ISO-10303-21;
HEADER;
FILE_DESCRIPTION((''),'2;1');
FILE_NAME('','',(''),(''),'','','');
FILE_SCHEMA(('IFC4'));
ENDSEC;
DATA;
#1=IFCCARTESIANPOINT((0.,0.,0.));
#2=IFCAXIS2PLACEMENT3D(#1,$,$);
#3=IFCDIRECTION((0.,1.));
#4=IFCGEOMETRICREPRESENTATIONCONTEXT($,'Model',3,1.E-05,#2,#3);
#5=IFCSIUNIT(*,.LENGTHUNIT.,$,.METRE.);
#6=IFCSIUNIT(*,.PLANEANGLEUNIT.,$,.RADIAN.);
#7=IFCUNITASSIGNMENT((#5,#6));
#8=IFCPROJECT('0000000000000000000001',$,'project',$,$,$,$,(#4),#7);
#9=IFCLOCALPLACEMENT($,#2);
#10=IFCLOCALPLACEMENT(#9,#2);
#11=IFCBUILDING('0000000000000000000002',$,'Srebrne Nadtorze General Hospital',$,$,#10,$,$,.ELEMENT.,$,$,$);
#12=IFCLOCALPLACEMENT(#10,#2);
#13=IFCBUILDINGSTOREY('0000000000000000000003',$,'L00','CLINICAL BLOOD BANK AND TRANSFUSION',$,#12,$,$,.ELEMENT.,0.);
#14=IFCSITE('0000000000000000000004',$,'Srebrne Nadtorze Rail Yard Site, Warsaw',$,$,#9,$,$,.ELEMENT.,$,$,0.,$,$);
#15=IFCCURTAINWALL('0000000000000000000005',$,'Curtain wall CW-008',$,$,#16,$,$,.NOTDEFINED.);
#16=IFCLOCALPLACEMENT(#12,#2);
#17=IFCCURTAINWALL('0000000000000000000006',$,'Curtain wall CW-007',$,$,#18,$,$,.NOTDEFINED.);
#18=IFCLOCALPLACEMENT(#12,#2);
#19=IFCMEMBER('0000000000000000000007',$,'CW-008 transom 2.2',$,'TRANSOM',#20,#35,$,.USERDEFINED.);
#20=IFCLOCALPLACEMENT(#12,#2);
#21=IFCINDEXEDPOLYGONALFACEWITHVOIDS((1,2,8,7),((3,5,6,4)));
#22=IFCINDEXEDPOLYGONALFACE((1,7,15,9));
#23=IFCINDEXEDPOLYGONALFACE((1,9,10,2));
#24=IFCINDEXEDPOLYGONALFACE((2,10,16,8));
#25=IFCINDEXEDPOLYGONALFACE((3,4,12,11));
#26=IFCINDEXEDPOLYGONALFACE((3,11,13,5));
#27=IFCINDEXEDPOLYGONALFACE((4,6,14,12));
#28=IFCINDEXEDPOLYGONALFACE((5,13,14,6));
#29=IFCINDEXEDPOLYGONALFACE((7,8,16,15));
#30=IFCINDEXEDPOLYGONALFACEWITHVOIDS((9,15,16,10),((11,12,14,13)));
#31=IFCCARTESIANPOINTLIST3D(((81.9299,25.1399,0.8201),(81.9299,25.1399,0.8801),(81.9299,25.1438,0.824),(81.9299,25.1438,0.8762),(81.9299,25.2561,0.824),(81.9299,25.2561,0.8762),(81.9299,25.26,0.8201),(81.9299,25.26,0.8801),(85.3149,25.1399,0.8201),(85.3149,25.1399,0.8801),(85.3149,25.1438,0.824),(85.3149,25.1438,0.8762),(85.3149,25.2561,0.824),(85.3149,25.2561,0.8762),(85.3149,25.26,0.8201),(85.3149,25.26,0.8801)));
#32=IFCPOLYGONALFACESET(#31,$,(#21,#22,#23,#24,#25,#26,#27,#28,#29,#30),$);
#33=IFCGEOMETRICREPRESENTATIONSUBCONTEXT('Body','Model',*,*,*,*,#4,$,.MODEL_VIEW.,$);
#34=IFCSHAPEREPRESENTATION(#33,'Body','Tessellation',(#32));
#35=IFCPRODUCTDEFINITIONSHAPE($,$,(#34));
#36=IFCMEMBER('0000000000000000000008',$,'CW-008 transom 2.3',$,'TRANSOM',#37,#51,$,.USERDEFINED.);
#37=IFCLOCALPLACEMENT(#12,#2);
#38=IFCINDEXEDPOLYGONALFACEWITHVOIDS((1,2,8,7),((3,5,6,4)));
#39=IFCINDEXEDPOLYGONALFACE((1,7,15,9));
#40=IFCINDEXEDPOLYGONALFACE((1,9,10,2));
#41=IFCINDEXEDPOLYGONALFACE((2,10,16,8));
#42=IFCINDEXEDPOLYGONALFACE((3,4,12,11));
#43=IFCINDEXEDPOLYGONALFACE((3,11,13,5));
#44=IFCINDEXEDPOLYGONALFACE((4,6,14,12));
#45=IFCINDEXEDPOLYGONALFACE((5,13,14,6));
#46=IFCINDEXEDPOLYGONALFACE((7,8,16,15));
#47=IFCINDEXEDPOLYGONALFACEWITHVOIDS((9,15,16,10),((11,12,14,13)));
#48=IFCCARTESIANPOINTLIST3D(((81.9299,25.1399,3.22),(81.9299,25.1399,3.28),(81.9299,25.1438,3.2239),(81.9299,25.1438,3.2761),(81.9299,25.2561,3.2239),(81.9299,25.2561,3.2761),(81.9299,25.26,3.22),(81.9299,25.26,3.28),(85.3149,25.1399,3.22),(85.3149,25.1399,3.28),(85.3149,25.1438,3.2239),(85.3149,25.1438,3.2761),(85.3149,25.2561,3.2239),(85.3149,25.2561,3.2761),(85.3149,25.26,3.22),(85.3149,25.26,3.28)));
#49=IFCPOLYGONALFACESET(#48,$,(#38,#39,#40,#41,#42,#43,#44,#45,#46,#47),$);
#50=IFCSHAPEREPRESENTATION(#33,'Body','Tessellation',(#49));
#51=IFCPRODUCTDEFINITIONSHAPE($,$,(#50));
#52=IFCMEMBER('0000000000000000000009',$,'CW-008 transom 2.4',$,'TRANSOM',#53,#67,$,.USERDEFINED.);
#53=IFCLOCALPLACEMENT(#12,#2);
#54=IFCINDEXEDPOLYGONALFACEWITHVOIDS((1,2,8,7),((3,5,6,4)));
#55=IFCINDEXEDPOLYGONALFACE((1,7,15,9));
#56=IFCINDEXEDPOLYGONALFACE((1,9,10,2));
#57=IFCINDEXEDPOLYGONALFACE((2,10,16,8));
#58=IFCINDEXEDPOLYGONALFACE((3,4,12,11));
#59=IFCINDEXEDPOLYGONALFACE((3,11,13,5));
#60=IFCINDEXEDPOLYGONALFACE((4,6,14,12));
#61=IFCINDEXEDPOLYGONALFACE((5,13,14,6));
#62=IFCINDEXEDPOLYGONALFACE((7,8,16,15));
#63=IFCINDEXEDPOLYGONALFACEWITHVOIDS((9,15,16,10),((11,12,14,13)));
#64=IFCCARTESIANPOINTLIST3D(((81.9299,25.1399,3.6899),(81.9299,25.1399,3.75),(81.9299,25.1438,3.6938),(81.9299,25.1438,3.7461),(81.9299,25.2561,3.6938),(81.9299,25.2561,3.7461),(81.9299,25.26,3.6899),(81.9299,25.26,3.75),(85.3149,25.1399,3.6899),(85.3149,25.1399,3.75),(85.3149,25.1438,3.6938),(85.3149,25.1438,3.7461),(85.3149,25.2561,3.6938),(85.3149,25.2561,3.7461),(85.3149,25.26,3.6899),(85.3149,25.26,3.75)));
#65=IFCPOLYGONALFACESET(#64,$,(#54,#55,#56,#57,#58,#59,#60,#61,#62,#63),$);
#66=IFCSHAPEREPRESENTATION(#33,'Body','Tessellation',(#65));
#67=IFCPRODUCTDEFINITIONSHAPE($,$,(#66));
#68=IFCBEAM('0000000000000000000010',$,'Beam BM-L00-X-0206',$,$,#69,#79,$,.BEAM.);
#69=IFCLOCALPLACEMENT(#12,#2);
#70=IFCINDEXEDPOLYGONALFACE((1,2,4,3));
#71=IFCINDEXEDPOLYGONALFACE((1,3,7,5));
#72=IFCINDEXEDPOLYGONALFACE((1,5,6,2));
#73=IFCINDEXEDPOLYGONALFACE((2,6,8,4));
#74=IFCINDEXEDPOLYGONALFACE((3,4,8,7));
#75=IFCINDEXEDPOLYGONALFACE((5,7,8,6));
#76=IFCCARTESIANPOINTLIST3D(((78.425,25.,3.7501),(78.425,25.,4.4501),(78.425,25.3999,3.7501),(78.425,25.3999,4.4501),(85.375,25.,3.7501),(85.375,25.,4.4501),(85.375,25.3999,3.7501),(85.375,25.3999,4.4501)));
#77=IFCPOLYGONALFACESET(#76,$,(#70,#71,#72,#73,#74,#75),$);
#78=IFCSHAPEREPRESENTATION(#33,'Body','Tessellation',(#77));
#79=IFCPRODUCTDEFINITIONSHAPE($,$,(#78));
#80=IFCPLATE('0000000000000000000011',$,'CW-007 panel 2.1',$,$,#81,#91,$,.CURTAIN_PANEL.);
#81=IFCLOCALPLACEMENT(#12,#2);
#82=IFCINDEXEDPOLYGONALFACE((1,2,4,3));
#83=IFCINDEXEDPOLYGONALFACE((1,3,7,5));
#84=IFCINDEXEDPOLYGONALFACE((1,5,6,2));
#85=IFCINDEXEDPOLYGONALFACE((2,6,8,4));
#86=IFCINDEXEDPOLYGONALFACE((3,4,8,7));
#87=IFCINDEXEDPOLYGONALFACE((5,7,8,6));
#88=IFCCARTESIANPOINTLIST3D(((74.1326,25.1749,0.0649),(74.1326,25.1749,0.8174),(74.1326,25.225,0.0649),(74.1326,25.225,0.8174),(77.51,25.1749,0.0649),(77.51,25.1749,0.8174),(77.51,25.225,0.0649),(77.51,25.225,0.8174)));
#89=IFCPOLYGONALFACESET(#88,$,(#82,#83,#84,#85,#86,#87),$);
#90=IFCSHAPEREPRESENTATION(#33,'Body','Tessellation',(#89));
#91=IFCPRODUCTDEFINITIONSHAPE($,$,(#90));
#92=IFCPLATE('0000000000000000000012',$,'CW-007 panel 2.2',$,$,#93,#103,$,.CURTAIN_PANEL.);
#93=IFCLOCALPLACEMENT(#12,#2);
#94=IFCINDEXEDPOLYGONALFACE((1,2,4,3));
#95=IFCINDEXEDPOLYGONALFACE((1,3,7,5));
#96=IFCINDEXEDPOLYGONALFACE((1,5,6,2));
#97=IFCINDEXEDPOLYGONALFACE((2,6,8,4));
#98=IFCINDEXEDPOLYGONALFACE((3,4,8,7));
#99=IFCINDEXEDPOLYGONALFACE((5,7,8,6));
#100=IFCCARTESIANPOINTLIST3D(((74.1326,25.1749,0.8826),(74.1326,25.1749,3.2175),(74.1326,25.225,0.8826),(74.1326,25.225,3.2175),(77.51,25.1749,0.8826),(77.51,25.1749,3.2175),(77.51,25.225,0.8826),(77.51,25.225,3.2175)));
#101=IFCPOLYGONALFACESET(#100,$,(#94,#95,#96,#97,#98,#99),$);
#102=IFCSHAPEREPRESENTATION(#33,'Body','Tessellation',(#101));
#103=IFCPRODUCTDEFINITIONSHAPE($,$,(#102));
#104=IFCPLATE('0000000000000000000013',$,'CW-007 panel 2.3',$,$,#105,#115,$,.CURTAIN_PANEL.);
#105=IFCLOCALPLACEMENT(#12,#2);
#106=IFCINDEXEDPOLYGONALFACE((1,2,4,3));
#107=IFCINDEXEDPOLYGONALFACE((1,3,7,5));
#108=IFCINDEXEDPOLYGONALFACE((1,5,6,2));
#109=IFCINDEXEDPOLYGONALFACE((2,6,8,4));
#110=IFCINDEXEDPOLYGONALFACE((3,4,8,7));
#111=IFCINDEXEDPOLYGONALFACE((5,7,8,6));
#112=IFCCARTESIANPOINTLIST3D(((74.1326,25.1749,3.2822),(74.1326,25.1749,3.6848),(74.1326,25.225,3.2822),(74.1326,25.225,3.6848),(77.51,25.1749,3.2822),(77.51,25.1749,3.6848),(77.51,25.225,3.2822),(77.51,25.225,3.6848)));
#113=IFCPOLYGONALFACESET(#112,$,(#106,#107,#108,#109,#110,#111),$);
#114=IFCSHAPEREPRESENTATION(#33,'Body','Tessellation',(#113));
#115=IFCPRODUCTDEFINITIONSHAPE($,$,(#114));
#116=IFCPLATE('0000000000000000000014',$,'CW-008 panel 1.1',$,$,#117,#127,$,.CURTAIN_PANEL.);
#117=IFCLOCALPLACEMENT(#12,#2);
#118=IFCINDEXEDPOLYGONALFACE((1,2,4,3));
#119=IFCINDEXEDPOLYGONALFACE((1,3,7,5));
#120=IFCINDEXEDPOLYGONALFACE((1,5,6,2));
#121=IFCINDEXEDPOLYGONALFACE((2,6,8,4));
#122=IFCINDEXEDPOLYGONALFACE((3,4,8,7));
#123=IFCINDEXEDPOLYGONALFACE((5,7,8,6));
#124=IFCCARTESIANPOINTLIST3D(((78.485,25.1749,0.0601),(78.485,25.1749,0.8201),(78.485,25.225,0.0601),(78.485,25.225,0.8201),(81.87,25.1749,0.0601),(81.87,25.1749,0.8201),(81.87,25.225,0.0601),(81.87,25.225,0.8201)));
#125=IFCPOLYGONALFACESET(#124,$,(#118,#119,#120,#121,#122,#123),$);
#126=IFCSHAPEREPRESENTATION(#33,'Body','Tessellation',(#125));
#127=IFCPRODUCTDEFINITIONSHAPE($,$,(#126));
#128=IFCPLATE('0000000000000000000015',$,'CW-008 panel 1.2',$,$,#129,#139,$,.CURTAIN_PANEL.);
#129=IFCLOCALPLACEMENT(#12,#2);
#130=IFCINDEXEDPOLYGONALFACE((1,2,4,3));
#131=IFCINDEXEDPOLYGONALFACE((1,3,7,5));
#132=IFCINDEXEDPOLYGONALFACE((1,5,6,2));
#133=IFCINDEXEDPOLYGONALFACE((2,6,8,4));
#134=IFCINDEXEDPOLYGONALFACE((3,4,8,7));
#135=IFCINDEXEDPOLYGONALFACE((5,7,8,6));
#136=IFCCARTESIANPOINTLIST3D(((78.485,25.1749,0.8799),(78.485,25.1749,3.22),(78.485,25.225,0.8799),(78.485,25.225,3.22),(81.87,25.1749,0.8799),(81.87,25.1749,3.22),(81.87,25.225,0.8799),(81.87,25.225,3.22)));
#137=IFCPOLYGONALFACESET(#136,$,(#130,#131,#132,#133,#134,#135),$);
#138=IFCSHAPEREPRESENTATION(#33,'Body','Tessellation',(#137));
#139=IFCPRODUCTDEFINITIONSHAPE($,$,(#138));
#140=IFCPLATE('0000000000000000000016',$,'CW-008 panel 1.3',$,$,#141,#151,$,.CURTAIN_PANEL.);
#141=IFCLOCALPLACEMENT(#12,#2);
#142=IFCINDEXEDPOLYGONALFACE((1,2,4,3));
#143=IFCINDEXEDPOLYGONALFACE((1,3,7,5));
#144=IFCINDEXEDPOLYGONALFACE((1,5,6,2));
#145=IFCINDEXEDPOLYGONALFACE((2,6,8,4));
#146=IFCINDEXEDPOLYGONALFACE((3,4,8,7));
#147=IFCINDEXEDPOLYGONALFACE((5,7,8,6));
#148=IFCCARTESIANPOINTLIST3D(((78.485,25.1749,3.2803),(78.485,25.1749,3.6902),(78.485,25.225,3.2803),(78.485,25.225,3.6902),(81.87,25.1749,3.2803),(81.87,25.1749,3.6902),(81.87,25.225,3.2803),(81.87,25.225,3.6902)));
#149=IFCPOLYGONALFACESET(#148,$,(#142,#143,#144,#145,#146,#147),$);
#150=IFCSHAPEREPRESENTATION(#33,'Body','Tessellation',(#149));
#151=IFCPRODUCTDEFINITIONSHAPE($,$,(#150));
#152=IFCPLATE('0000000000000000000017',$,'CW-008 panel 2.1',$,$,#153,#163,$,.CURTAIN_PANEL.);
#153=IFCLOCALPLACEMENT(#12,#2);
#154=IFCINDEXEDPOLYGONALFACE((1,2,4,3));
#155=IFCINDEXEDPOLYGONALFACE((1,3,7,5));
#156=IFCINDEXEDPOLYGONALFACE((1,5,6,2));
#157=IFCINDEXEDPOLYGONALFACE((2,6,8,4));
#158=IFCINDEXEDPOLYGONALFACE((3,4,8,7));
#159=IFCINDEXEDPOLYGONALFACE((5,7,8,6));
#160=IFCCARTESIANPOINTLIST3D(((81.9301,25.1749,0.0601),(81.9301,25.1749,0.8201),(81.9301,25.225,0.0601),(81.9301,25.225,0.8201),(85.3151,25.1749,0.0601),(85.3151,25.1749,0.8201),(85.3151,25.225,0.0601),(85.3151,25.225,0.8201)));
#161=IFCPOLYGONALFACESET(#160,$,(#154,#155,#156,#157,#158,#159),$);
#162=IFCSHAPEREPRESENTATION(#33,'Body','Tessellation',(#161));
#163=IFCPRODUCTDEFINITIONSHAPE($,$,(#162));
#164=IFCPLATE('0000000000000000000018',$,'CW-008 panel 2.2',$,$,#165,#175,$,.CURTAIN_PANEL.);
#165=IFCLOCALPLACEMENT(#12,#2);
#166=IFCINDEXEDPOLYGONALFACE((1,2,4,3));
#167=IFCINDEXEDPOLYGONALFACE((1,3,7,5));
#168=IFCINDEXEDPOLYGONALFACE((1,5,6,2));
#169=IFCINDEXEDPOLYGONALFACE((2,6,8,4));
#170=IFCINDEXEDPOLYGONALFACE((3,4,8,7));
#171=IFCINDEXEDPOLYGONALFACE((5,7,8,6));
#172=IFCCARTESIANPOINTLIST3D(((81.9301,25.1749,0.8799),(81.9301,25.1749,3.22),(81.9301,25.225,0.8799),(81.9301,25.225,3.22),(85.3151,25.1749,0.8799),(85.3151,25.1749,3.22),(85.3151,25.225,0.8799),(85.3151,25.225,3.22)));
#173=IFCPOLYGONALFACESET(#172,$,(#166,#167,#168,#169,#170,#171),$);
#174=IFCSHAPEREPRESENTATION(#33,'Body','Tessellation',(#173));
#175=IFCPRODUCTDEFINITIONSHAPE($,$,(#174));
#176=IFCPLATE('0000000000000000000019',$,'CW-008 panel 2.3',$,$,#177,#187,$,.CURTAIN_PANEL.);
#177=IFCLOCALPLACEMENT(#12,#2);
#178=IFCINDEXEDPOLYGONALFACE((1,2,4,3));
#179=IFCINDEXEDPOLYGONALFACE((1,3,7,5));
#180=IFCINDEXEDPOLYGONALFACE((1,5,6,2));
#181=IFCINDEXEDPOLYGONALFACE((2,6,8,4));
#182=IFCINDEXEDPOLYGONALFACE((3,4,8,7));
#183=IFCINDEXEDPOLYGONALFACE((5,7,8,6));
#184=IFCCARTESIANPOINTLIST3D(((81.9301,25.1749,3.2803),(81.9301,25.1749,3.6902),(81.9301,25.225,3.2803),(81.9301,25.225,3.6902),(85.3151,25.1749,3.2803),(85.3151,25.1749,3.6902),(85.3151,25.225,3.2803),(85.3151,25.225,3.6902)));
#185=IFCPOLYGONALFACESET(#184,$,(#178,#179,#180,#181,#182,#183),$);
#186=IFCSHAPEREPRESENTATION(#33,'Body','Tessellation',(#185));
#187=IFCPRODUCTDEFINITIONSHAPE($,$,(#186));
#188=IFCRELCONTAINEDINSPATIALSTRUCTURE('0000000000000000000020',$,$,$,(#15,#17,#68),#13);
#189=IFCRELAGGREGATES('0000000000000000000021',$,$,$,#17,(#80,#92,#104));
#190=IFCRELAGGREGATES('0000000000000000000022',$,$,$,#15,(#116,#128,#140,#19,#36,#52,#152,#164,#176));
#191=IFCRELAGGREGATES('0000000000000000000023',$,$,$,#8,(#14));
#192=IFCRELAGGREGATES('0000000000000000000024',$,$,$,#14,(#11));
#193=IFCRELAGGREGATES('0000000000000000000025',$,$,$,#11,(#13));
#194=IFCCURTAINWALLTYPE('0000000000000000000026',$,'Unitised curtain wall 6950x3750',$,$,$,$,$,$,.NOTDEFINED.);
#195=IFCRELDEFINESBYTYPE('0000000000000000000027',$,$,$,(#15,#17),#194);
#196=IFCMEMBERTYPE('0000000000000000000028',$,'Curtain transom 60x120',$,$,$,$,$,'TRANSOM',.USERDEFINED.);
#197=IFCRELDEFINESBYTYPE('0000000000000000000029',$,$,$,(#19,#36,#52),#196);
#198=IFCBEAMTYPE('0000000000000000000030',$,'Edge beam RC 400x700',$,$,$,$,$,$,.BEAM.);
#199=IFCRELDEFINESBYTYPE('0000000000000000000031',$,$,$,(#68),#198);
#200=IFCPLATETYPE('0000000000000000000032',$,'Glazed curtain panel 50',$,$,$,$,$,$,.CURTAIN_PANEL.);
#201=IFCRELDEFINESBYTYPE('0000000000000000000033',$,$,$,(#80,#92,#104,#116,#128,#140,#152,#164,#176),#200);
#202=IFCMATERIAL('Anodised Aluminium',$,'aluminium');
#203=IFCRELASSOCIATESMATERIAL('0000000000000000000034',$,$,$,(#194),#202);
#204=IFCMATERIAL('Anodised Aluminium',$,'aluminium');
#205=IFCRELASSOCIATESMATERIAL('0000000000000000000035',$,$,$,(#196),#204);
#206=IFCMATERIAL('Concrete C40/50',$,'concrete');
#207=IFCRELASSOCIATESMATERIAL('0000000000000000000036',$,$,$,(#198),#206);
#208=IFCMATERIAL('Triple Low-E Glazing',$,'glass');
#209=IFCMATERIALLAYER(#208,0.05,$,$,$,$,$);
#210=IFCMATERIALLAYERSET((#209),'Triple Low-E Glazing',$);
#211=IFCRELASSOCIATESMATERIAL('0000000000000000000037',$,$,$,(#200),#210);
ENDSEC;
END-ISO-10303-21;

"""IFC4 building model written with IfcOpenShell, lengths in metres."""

from ifc_helpers import new_model, si_unit, direction, frame, origin, origin_2d, place, context, subcontext, project, spatial, rectangle, hollow_rectangle, extrude, material, layer, layer_set, material_profile, profile_set, type_object, element, aggregate, save


model = new_model("IFC4")

# Units and contexts
model_context = context("Model", 3, precision=1e-05, world=origin(), true_north=direction((0.0, 1.0)))
body_context = subcontext(model_context, "Body", "Model", "MODEL_VIEW")
ifc_project = project(units=[si_unit("LENGTHUNIT", "METRE"), si_unit("PLANEANGLEUNIT", "RADIAN")], contexts=[model_context])

# Site, building, storey
site_placement = place(None, origin())
site = spatial("IfcSite", under=ifc_project, at=site_placement, Name="Srebrne Nadtorze Rail Yard Site, Warsaw", CompositionType="ELEMENT", RefElevation=0.0)
building_placement = place(site_placement, origin())
building = spatial("IfcBuilding", under=site, at=building_placement, Name="Srebrne Nadtorze General Hospital", CompositionType="ELEMENT")
storey_placement = place(building_placement, origin())
storey = spatial("IfcBuildingStorey", under=building, at=storey_placement, Name="L00", Description="CLINICAL BLOOD BANK AND TRANSFUSION", CompositionType="ELEMENT", Elevation=0.0)

# Curtain wall
ifc_material_1 = material(Name="Anodised Aluminium", Category="aluminium")
curtain_wall_type = type_object("IfcCurtainWallType", Name="Unitised curtain wall 6950x3750", PredefinedType="NOTDEFINED", material=ifc_material_1)
curtain_wall_1_placement = place(storey_placement, origin())
curtain_wall_1 = element("IfcCurtainWall", 1, at=curtain_wall_1_placement, inside=storey, type_object=curtain_wall_type, Name="Curtain wall CW-008", PredefinedType="NOTDEFINED")

# Curtain wall
curtain_wall_2_placement = place(storey_placement, origin())
curtain_wall_2 = element("IfcCurtainWall", 2, at=curtain_wall_2_placement, inside=storey, type_object=curtain_wall_type, Name="Curtain wall CW-007", PredefinedType="NOTDEFINED")

# Members
ifc_material_2 = material(Name="Anodised Aluminium", Category="aluminium")
ifc_material_profile_1 = material_profile(ifc_material_2, hollow_rectangle(XDim=0.0601, YDim=0.1201, WallThickness=0.0039, at=origin_2d()), Name="AL-TRN-60x120")
ifc_profile_set_1 = profile_set([ifc_material_profile_1], Name="Anodised Aluminium")
member_type_1 = type_object("IfcMemberType", Name="Curtain transom 60x120", ElementType="TRANSOM", PredefinedType="USERDEFINED", material=ifc_profile_set_1)
member_1_placement = place(storey_placement, frame((81.9299, 25.2, 0.8501), z_axis=(1.0, 0.0, 0.0), x_axis=(0.0, 0.0, 1.0)))
member_1 = element("IfcMember", 3, at=member_1_placement, type_object=member_type_1, Name="CW-008 transom 2.2", ObjectType="TRANSOM", PredefinedType="USERDEFINED", context=body_context, shape_type="SweptSolid", body=[
    extrude(hollow_rectangle(XDim=0.0601, YDim=0.1201, WallThickness=0.0039, at=origin_2d()), origin(), (0.0, 0.0, 1.0), 3.385),
])
member_2_placement = place(storey_placement, frame((81.9299, 25.2, 3.25), z_axis=(1.0, 0.0, 0.0), x_axis=(0.0, 0.0, 1.0)))
member_2 = element("IfcMember", 4, at=member_2_placement, type_object=member_type_1, Name="CW-008 transom 2.3", ObjectType="TRANSOM", PredefinedType="USERDEFINED", context=body_context, shape_type="SweptSolid", body=[
    extrude(hollow_rectangle(XDim=0.0601, YDim=0.1201, WallThickness=0.0039, at=origin_2d()), origin(), (0.0, 0.0, 1.0), 3.385),
])
member_3_placement = place(storey_placement, frame((81.9299, 25.2, 3.72), z_axis=(1.0, 0.0, 0.0), x_axis=(0.0, 0.0, 1.0)))
member_3 = element("IfcMember", 5, at=member_3_placement, type_object=member_type_1, Name="CW-008 transom 2.4", ObjectType="TRANSOM", PredefinedType="USERDEFINED", context=body_context, shape_type="SweptSolid", body=[
    extrude(hollow_rectangle(XDim=0.0601, YDim=0.1201, WallThickness=0.0039, at=origin_2d()), origin(), (0.0, 0.0, 1.0), 3.385),
])

# Beam
ifc_material_3 = material(Name="Concrete C40/50", Category="concrete")
ifc_material_profile_2 = material_profile(ifc_material_3, rectangle(XDim=0.3999, YDim=0.7, at=origin_2d()), Name="RC-BM-400x700")
ifc_profile_set_2 = profile_set([ifc_material_profile_2], Name="Concrete C40/50")
beam_type = type_object("IfcBeamType", Name="Edge beam RC 400x700", PredefinedType="BEAM", material=ifc_profile_set_2)
beam_placement = place(storey_placement, frame((78.425, 25.2, 4.1001), z_axis=(1.0, 0.0, 0.0), x_axis=(0.0, 1.0, 0.0)))
element("IfcBeam", 6, at=beam_placement, inside=storey, type_object=beam_type, Name="Beam BM-L00-X-0206", PredefinedType="BEAM", context=body_context, shape_type="SweptSolid", body=[
    extrude(rectangle(XDim=0.3999, YDim=0.7, at=origin_2d()), origin(), (0.0, 0.0, 1.0), 6.95),
])

# Plates
ifc_material_4 = material(Name="Triple Low-E Glazing", Category="glass")
ifc_layer = layer(ifc_material_4, 0.05)
ifc_layer_set = layer_set([ifc_layer], Name="Triple Low-E Glazing")
plate_type = type_object("IfcPlateType", Name="Glazed curtain panel 50", PredefinedType="CURTAIN_PANEL", material=ifc_layer_set)
plate_1_placement = place(storey_placement, frame((75.8213, 25.2, 0.0649), z_axis=(0.0, 0.0, 1.0), x_axis=(1.0, 0.0, 0.0)))
plate_1 = element("IfcPlate", 7, at=plate_1_placement, type_object=plate_type, Name="CW-007 panel 2.1", PredefinedType="CURTAIN_PANEL", context=body_context, shape_type="SweptSolid", body=[
    extrude(rectangle(XDim=3.3774, YDim=0.05, at=origin_2d()), origin(), (0.0, 0.0, 1.0), 0.7524),
])
plate_2_placement = place(storey_placement, frame((75.8213, 25.2, 0.8826), z_axis=(0.0, 0.0, 1.0), x_axis=(1.0, 0.0, 0.0)))
plate_2 = element("IfcPlate", 8, at=plate_2_placement, type_object=plate_type, Name="CW-007 panel 2.2", PredefinedType="CURTAIN_PANEL", context=body_context, shape_type="SweptSolid", body=[
    extrude(rectangle(XDim=3.3774, YDim=0.05, at=origin_2d()), origin(), (0.0, 0.0, 1.0), 2.335),
])
plate_3_placement = place(storey_placement, frame((75.8213, 25.2, 3.2822), z_axis=(0.0, 0.0, 1.0), x_axis=(1.0, 0.0, 0.0)))
plate_3 = element("IfcPlate", 9, at=plate_3_placement, type_object=plate_type, Name="CW-007 panel 2.3", PredefinedType="CURTAIN_PANEL", context=body_context, shape_type="SweptSolid", body=[
    extrude(rectangle(XDim=3.3774, YDim=0.05, at=origin_2d()), origin(), (0.0, 0.0, 1.0), 0.4026),
])
aggregate(curtain_wall_2, [plate_1, plate_2, plate_3])
plate_4_placement = place(storey_placement, frame((80.1775, 25.2, 0.0601), z_axis=(0.0, 0.0, 1.0), x_axis=(1.0, 0.0, 0.0)))
plate_4 = element("IfcPlate", 10, at=plate_4_placement, type_object=plate_type, Name="CW-008 panel 1.1", PredefinedType="CURTAIN_PANEL", context=body_context, shape_type="SweptSolid", body=[
    extrude(rectangle(XDim=3.385, YDim=0.05, at=origin_2d()), origin(), (0.0, 0.0, 1.0), 0.76),
])
plate_5_placement = place(storey_placement, frame((80.1775, 25.2, 0.8799), z_axis=(0.0, 0.0, 1.0), x_axis=(1.0, 0.0, 0.0)))
plate_5 = element("IfcPlate", 11, at=plate_5_placement, type_object=plate_type, Name="CW-008 panel 1.2", PredefinedType="CURTAIN_PANEL", context=body_context, shape_type="SweptSolid", body=[
    extrude(rectangle(XDim=3.385, YDim=0.05, at=origin_2d()), origin(), (0.0, 0.0, 1.0), 2.3401),
])
plate_6_placement = place(storey_placement, frame((80.1775, 25.2, 3.2803), z_axis=(0.0, 0.0, 1.0), x_axis=(1.0, 0.0, 0.0)))
plate_6 = element("IfcPlate", 12, at=plate_6_placement, type_object=plate_type, Name="CW-008 panel 1.3", PredefinedType="CURTAIN_PANEL", context=body_context, shape_type="SweptSolid", body=[
    extrude(rectangle(XDim=3.385, YDim=0.05, at=origin_2d()), origin(), (0.0, 0.0, 1.0), 0.4099),
])
plate_7_placement = place(storey_placement, frame((83.6226, 25.2, 0.0601), z_axis=(0.0, 0.0, 1.0), x_axis=(1.0, 0.0, 0.0)))
plate_7 = element("IfcPlate", 13, at=plate_7_placement, type_object=plate_type, Name="CW-008 panel 2.1", PredefinedType="CURTAIN_PANEL", context=body_context, shape_type="SweptSolid", body=[
    extrude(rectangle(XDim=3.385, YDim=0.05, at=origin_2d()), origin(), (0.0, 0.0, 1.0), 0.76),
])
plate_8_placement = place(storey_placement, frame((83.6226, 25.2, 0.8799), z_axis=(0.0, 0.0, 1.0), x_axis=(1.0, 0.0, 0.0)))
plate_8 = element("IfcPlate", 14, at=plate_8_placement, type_object=plate_type, Name="CW-008 panel 2.2", PredefinedType="CURTAIN_PANEL", context=body_context, shape_type="SweptSolid", body=[
    extrude(rectangle(XDim=3.385, YDim=0.05, at=origin_2d()), origin(), (0.0, 0.0, 1.0), 2.3401),
])
plate_9_placement = place(storey_placement, frame((83.6226, 25.2, 3.2803), z_axis=(0.0, 0.0, 1.0), x_axis=(1.0, 0.0, 0.0)))
plate_9 = element("IfcPlate", 15, at=plate_9_placement, type_object=plate_type, Name="CW-008 panel 2.3", PredefinedType="CURTAIN_PANEL", context=body_context, shape_type="SweptSolid", body=[
    extrude(rectangle(XDim=3.385, YDim=0.05, at=origin_2d()), origin(), (0.0, 0.0, 1.0), 0.4099),
])
aggregate(curtain_wall_1, [plate_4, plate_5, plate_6, member_1, member_2, member_3, plate_7, plate_8, plate_9])

save(model, "model.ifc")
